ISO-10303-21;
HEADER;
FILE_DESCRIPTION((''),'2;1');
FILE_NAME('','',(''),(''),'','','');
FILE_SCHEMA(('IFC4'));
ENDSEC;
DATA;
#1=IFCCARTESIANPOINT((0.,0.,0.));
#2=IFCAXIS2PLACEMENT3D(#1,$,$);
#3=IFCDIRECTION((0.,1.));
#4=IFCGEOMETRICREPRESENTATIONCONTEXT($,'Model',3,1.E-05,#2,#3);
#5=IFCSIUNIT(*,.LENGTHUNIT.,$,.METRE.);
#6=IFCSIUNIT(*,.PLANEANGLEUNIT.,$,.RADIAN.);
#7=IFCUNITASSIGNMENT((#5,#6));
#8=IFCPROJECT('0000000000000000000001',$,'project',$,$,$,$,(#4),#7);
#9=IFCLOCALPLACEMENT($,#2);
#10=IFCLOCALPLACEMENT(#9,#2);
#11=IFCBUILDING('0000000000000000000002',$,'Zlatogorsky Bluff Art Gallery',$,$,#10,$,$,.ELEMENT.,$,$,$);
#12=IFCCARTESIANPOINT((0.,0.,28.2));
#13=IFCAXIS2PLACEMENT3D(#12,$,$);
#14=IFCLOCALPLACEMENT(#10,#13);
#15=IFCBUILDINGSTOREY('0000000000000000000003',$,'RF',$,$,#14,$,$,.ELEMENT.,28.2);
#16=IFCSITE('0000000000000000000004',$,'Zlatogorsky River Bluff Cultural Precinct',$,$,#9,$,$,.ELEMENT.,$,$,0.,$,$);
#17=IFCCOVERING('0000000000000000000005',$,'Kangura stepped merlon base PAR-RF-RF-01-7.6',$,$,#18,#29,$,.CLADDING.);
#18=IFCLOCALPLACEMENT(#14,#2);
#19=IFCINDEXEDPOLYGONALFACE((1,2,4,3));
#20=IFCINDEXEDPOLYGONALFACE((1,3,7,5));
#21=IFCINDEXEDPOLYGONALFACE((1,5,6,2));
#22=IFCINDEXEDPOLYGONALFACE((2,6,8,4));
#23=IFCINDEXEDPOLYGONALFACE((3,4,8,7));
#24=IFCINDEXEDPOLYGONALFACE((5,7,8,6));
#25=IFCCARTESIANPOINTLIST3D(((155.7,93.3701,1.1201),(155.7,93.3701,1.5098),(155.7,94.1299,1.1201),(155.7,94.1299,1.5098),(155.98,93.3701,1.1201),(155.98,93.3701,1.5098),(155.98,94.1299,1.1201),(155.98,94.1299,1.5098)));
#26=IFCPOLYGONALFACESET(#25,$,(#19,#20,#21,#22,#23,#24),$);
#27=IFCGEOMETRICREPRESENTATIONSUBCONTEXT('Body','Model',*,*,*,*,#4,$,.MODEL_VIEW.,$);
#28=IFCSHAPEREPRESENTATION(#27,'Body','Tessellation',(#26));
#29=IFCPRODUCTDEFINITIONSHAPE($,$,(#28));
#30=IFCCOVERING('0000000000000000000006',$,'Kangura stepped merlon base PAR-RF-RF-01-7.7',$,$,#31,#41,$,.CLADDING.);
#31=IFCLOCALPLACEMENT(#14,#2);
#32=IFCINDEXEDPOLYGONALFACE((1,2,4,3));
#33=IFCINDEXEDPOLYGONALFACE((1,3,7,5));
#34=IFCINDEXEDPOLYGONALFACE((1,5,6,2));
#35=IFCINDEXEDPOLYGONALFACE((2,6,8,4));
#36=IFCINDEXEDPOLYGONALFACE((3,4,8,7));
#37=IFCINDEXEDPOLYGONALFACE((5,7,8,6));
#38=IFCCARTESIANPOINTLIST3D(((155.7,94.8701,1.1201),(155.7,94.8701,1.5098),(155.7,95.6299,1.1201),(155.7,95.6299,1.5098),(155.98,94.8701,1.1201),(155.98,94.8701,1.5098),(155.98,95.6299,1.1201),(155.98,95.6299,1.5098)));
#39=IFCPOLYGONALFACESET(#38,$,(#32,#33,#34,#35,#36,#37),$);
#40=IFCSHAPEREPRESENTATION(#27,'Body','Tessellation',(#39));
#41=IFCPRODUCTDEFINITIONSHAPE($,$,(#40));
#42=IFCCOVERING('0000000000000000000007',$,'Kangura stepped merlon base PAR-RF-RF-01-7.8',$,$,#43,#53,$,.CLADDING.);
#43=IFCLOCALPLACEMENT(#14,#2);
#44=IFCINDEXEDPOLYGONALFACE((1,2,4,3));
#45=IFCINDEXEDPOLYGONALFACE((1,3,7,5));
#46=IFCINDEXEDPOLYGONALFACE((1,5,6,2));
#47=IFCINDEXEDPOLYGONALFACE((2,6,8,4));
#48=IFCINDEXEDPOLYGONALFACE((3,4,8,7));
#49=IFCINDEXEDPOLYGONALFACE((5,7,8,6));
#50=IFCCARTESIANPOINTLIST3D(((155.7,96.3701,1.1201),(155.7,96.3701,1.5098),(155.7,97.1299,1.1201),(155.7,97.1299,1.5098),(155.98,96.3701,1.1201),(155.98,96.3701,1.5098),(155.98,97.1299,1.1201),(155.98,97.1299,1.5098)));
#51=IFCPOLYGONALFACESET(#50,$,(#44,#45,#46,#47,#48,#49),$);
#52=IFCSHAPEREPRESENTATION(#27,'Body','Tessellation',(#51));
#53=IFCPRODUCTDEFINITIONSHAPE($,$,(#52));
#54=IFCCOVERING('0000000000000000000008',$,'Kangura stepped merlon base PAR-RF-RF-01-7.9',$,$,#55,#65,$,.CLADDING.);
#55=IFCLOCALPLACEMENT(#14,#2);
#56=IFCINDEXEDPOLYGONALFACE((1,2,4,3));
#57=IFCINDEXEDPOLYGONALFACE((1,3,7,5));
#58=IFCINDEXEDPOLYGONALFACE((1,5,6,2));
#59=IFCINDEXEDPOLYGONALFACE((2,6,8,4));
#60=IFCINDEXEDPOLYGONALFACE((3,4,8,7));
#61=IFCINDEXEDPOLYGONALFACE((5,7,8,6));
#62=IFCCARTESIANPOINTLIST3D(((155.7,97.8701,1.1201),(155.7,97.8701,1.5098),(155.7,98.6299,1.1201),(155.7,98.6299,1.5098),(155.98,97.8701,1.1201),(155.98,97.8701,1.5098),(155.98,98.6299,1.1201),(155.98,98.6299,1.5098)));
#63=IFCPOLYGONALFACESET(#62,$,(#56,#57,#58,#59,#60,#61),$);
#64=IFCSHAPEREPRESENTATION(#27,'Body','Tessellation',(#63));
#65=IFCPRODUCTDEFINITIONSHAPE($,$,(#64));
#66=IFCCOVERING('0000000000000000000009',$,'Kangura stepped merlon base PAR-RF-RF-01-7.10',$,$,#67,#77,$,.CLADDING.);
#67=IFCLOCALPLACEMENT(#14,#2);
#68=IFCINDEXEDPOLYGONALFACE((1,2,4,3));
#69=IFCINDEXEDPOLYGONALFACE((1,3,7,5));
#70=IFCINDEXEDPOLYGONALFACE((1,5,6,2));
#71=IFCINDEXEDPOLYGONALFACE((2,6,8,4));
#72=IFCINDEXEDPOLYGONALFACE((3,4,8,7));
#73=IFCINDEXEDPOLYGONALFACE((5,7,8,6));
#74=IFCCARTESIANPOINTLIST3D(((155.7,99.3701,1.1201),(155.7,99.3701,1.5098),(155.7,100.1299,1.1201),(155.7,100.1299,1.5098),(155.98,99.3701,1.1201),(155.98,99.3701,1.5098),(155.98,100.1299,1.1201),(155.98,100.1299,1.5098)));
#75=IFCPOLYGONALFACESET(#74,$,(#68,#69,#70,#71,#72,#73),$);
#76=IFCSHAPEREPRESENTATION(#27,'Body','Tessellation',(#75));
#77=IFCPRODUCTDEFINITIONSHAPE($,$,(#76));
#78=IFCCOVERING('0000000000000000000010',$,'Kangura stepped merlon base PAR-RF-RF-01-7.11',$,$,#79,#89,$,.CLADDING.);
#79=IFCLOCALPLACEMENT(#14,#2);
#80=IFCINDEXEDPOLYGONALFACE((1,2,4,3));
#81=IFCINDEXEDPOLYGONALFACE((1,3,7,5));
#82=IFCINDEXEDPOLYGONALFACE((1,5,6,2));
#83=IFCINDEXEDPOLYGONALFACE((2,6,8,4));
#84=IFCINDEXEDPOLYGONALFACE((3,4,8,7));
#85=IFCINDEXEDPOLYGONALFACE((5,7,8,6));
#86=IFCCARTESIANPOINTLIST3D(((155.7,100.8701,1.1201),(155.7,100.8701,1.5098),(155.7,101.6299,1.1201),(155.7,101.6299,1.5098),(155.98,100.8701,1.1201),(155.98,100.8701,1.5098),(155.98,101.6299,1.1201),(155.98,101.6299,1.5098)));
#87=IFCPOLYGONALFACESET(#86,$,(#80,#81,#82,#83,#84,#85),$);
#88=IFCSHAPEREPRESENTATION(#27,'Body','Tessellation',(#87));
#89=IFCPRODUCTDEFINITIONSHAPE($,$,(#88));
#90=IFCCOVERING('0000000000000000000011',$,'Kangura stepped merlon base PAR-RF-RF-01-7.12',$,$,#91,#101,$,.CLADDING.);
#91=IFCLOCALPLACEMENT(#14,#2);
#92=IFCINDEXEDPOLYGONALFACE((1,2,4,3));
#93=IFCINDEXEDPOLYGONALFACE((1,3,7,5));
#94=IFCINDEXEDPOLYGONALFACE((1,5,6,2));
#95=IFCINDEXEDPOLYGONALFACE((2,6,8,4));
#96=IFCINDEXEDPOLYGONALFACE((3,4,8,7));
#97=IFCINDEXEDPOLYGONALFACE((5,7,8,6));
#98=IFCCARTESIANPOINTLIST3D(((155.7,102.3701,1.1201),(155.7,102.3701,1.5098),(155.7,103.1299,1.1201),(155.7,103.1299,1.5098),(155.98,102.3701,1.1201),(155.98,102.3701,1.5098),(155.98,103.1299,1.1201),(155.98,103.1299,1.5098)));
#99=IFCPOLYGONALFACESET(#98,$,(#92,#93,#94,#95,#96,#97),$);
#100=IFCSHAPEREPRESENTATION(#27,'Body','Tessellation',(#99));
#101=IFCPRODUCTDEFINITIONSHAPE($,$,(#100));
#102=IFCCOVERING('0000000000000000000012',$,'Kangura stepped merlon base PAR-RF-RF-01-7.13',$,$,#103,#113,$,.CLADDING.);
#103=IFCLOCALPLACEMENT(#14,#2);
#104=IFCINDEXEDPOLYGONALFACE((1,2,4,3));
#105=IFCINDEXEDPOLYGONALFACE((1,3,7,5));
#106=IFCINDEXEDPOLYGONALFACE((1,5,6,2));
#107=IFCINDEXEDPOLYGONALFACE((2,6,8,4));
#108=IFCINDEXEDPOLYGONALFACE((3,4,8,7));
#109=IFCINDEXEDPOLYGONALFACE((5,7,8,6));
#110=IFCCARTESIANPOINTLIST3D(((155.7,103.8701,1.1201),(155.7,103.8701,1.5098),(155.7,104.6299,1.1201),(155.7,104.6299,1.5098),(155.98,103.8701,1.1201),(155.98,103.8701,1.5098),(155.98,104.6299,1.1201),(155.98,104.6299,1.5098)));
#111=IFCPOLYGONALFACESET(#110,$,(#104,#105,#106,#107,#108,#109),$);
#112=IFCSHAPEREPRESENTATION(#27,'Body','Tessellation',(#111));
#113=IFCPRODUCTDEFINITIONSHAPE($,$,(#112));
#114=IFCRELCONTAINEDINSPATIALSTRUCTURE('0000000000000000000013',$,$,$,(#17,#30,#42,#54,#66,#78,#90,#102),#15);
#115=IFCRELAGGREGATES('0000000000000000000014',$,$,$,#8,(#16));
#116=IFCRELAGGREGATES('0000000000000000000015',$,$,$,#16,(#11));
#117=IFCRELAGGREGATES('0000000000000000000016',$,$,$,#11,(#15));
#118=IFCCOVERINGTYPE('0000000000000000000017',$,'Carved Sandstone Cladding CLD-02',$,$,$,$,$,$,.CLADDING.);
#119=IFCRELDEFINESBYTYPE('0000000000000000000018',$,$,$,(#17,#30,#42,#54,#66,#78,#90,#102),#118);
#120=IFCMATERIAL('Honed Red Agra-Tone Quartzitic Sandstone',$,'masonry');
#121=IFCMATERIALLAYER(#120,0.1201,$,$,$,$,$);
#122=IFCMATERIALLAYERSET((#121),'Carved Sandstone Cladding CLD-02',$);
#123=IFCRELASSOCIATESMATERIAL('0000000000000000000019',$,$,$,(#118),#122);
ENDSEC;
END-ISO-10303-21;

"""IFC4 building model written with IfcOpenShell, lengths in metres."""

from ifc_helpers import new_model, si_unit, direction, frame, origin, place, context, subcontext, project, spatial, polyline, outline, extrude, material, layer, layer_set, type_object, element, save


model = new_model("IFC4")

# Units and contexts
model_context = context("Model", 3, precision=1e-05, world=origin(), true_north=direction((0.0, 1.0)))
body_context = subcontext(model_context, "Body", "Model", "MODEL_VIEW")
ifc_project = project(units=[si_unit("LENGTHUNIT", "METRE"), si_unit("PLANEANGLEUNIT", "RADIAN")], contexts=[model_context])

# Site, building, storey
site_placement = place(None, origin())
site = spatial("IfcSite", under=ifc_project, at=site_placement, Name="Zlatogorsky River Bluff Cultural Precinct", CompositionType="ELEMENT", RefElevation=0.0)
building_placement = place(site_placement, origin())
building = spatial("IfcBuilding", under=site, at=building_placement, Name="Zlatogorsky Bluff Art Gallery", CompositionType="ELEMENT")
storey_placement = place(building_placement, frame((0.0, 0.0, 28.2)))
storey = spatial("IfcBuildingStorey", under=building, at=storey_placement, Name="RF", CompositionType="ELEMENT", Elevation=28.2)

# Coverings
ifc_material = material(Name="Honed Red Agra-Tone Quartzitic Sandstone", Category="masonry")
ifc_layer = layer(ifc_material, 0.1201)
ifc_layer_set = layer_set([ifc_layer], Name="Carved Sandstone Cladding CLD-02")
covering_type = type_object("IfcCoveringType", Name="Carved Sandstone Cladding CLD-02", PredefinedType="CLADDING", material=ifc_layer_set)
covering_1_placement = place(storey_placement, frame((0.0, 0.0, 1.1201)))
element("IfcCovering", 1, at=covering_1_placement, inside=storey, type_object=covering_type, Name="Kangura stepped merlon base PAR-RF-RF-01-7.6", PredefinedType="CLADDING", context=body_context, shape_type="SweptSolid", body=[
    extrude(outline(polyline([(155.7, 93.3701), (155.7, 94.1299), (155.98, 94.1299), (155.98, 93.3701), (155.7, 93.3701)])), origin(), (0.0, 0.0, 1.0), 0.3896),
])
covering_2_placement = place(storey_placement, frame((0.0, 0.0, 1.1201)))
element("IfcCovering", 2, at=covering_2_placement, inside=storey, type_object=covering_type, Name="Kangura stepped merlon base PAR-RF-RF-01-7.7", PredefinedType="CLADDING", context=body_context, shape_type="SweptSolid", body=[
    extrude(outline(polyline([(155.7, 94.8701), (155.7, 95.6299), (155.98, 95.6299), (155.98, 94.8701), (155.7, 94.8701)])), origin(), (0.0, 0.0, 1.0), 0.3896),
])
covering_3_placement = place(storey_placement, frame((0.0, 0.0, 1.1201)))
element("IfcCovering", 3, at=covering_3_placement, inside=storey, type_object=covering_type, Name="Kangura stepped merlon base PAR-RF-RF-01-7.8", PredefinedType="CLADDING", context=body_context, shape_type="SweptSolid", body=[
    extrude(outline(polyline([(155.7, 96.3701), (155.7, 97.1299), (155.98, 97.1299), (155.98, 96.3701), (155.7, 96.3701)])), origin(), (0.0, 0.0, 1.0), 0.3896),
])
covering_4_placement = place(storey_placement, frame((0.0, 0.0, 1.1201)))
element("IfcCovering", 4, at=covering_4_placement, inside=storey, type_object=covering_type, Name="Kangura stepped merlon base PAR-RF-RF-01-7.9", PredefinedType="CLADDING", context=body_context, shape_type="SweptSolid", body=[
    extrude(outline(polyline([(155.7, 97.8701), (155.7, 98.6299), (155.98, 98.6299), (155.98, 97.8701), (155.7, 97.8701)])), origin(), (0.0, 0.0, 1.0), 0.3896),
])
covering_5_placement = place(storey_placement, frame((0.0, 0.0, 1.1201)))
element("IfcCovering", 5, at=covering_5_placement, inside=storey, type_object=covering_type, Name="Kangura stepped merlon base PAR-RF-RF-01-7.10", PredefinedType="CLADDING", context=body_context, shape_type="SweptSolid", body=[
    extrude(outline(polyline([(155.7, 99.3701), (155.7, 100.1299), (155.98, 100.1299), (155.98, 99.3701), (155.7, 99.3701)])), origin(), (0.0, 0.0, 1.0), 0.3896),
])
covering_6_placement = place(storey_placement, frame((0.0, 0.0, 1.1201)))
element("IfcCovering", 6, at=covering_6_placement, inside=storey, type_object=covering_type, Name="Kangura stepped merlon base PAR-RF-RF-01-7.11", PredefinedType="CLADDING", context=body_context, shape_type="SweptSolid", body=[
    extrude(outline(polyline([(155.7, 100.8701), (155.7, 101.6299), (155.98, 101.6299), (155.98, 100.8701), (155.7, 100.8701)])), origin(), (0.0, 0.0, 1.0), 0.3896),
])
covering_7_placement = place(storey_placement, frame((0.0, 0.0, 1.1201)))
element("IfcCovering", 7, at=covering_7_placement, inside=storey, type_object=covering_type, Name="Kangura stepped merlon base PAR-RF-RF-01-7.12", PredefinedType="CLADDING", context=body_context, shape_type="SweptSolid", body=[
    extrude(outline(polyline([(155.7, 102.3701), (155.7, 103.1299), (155.98, 103.1299), (155.98, 102.3701), (155.7, 102.3701)])), origin(), (0.0, 0.0, 1.0), 0.3896),
])
covering_8_placement = place(storey_placement, frame((0.0, 0.0, 1.1201)))
element("IfcCovering", 8, at=covering_8_placement, inside=storey, type_object=covering_type, Name="Kangura stepped merlon base PAR-RF-RF-01-7.13", PredefinedType="CLADDING", context=body_context, shape_type="SweptSolid", body=[
    extrude(outline(polyline([(155.7, 103.8701), (155.7, 104.6299), (155.98, 104.6299), (155.98, 103.8701), (155.7, 103.8701)])), origin(), (0.0, 0.0, 1.0), 0.3896),
])

save(model, "model.ifc")
